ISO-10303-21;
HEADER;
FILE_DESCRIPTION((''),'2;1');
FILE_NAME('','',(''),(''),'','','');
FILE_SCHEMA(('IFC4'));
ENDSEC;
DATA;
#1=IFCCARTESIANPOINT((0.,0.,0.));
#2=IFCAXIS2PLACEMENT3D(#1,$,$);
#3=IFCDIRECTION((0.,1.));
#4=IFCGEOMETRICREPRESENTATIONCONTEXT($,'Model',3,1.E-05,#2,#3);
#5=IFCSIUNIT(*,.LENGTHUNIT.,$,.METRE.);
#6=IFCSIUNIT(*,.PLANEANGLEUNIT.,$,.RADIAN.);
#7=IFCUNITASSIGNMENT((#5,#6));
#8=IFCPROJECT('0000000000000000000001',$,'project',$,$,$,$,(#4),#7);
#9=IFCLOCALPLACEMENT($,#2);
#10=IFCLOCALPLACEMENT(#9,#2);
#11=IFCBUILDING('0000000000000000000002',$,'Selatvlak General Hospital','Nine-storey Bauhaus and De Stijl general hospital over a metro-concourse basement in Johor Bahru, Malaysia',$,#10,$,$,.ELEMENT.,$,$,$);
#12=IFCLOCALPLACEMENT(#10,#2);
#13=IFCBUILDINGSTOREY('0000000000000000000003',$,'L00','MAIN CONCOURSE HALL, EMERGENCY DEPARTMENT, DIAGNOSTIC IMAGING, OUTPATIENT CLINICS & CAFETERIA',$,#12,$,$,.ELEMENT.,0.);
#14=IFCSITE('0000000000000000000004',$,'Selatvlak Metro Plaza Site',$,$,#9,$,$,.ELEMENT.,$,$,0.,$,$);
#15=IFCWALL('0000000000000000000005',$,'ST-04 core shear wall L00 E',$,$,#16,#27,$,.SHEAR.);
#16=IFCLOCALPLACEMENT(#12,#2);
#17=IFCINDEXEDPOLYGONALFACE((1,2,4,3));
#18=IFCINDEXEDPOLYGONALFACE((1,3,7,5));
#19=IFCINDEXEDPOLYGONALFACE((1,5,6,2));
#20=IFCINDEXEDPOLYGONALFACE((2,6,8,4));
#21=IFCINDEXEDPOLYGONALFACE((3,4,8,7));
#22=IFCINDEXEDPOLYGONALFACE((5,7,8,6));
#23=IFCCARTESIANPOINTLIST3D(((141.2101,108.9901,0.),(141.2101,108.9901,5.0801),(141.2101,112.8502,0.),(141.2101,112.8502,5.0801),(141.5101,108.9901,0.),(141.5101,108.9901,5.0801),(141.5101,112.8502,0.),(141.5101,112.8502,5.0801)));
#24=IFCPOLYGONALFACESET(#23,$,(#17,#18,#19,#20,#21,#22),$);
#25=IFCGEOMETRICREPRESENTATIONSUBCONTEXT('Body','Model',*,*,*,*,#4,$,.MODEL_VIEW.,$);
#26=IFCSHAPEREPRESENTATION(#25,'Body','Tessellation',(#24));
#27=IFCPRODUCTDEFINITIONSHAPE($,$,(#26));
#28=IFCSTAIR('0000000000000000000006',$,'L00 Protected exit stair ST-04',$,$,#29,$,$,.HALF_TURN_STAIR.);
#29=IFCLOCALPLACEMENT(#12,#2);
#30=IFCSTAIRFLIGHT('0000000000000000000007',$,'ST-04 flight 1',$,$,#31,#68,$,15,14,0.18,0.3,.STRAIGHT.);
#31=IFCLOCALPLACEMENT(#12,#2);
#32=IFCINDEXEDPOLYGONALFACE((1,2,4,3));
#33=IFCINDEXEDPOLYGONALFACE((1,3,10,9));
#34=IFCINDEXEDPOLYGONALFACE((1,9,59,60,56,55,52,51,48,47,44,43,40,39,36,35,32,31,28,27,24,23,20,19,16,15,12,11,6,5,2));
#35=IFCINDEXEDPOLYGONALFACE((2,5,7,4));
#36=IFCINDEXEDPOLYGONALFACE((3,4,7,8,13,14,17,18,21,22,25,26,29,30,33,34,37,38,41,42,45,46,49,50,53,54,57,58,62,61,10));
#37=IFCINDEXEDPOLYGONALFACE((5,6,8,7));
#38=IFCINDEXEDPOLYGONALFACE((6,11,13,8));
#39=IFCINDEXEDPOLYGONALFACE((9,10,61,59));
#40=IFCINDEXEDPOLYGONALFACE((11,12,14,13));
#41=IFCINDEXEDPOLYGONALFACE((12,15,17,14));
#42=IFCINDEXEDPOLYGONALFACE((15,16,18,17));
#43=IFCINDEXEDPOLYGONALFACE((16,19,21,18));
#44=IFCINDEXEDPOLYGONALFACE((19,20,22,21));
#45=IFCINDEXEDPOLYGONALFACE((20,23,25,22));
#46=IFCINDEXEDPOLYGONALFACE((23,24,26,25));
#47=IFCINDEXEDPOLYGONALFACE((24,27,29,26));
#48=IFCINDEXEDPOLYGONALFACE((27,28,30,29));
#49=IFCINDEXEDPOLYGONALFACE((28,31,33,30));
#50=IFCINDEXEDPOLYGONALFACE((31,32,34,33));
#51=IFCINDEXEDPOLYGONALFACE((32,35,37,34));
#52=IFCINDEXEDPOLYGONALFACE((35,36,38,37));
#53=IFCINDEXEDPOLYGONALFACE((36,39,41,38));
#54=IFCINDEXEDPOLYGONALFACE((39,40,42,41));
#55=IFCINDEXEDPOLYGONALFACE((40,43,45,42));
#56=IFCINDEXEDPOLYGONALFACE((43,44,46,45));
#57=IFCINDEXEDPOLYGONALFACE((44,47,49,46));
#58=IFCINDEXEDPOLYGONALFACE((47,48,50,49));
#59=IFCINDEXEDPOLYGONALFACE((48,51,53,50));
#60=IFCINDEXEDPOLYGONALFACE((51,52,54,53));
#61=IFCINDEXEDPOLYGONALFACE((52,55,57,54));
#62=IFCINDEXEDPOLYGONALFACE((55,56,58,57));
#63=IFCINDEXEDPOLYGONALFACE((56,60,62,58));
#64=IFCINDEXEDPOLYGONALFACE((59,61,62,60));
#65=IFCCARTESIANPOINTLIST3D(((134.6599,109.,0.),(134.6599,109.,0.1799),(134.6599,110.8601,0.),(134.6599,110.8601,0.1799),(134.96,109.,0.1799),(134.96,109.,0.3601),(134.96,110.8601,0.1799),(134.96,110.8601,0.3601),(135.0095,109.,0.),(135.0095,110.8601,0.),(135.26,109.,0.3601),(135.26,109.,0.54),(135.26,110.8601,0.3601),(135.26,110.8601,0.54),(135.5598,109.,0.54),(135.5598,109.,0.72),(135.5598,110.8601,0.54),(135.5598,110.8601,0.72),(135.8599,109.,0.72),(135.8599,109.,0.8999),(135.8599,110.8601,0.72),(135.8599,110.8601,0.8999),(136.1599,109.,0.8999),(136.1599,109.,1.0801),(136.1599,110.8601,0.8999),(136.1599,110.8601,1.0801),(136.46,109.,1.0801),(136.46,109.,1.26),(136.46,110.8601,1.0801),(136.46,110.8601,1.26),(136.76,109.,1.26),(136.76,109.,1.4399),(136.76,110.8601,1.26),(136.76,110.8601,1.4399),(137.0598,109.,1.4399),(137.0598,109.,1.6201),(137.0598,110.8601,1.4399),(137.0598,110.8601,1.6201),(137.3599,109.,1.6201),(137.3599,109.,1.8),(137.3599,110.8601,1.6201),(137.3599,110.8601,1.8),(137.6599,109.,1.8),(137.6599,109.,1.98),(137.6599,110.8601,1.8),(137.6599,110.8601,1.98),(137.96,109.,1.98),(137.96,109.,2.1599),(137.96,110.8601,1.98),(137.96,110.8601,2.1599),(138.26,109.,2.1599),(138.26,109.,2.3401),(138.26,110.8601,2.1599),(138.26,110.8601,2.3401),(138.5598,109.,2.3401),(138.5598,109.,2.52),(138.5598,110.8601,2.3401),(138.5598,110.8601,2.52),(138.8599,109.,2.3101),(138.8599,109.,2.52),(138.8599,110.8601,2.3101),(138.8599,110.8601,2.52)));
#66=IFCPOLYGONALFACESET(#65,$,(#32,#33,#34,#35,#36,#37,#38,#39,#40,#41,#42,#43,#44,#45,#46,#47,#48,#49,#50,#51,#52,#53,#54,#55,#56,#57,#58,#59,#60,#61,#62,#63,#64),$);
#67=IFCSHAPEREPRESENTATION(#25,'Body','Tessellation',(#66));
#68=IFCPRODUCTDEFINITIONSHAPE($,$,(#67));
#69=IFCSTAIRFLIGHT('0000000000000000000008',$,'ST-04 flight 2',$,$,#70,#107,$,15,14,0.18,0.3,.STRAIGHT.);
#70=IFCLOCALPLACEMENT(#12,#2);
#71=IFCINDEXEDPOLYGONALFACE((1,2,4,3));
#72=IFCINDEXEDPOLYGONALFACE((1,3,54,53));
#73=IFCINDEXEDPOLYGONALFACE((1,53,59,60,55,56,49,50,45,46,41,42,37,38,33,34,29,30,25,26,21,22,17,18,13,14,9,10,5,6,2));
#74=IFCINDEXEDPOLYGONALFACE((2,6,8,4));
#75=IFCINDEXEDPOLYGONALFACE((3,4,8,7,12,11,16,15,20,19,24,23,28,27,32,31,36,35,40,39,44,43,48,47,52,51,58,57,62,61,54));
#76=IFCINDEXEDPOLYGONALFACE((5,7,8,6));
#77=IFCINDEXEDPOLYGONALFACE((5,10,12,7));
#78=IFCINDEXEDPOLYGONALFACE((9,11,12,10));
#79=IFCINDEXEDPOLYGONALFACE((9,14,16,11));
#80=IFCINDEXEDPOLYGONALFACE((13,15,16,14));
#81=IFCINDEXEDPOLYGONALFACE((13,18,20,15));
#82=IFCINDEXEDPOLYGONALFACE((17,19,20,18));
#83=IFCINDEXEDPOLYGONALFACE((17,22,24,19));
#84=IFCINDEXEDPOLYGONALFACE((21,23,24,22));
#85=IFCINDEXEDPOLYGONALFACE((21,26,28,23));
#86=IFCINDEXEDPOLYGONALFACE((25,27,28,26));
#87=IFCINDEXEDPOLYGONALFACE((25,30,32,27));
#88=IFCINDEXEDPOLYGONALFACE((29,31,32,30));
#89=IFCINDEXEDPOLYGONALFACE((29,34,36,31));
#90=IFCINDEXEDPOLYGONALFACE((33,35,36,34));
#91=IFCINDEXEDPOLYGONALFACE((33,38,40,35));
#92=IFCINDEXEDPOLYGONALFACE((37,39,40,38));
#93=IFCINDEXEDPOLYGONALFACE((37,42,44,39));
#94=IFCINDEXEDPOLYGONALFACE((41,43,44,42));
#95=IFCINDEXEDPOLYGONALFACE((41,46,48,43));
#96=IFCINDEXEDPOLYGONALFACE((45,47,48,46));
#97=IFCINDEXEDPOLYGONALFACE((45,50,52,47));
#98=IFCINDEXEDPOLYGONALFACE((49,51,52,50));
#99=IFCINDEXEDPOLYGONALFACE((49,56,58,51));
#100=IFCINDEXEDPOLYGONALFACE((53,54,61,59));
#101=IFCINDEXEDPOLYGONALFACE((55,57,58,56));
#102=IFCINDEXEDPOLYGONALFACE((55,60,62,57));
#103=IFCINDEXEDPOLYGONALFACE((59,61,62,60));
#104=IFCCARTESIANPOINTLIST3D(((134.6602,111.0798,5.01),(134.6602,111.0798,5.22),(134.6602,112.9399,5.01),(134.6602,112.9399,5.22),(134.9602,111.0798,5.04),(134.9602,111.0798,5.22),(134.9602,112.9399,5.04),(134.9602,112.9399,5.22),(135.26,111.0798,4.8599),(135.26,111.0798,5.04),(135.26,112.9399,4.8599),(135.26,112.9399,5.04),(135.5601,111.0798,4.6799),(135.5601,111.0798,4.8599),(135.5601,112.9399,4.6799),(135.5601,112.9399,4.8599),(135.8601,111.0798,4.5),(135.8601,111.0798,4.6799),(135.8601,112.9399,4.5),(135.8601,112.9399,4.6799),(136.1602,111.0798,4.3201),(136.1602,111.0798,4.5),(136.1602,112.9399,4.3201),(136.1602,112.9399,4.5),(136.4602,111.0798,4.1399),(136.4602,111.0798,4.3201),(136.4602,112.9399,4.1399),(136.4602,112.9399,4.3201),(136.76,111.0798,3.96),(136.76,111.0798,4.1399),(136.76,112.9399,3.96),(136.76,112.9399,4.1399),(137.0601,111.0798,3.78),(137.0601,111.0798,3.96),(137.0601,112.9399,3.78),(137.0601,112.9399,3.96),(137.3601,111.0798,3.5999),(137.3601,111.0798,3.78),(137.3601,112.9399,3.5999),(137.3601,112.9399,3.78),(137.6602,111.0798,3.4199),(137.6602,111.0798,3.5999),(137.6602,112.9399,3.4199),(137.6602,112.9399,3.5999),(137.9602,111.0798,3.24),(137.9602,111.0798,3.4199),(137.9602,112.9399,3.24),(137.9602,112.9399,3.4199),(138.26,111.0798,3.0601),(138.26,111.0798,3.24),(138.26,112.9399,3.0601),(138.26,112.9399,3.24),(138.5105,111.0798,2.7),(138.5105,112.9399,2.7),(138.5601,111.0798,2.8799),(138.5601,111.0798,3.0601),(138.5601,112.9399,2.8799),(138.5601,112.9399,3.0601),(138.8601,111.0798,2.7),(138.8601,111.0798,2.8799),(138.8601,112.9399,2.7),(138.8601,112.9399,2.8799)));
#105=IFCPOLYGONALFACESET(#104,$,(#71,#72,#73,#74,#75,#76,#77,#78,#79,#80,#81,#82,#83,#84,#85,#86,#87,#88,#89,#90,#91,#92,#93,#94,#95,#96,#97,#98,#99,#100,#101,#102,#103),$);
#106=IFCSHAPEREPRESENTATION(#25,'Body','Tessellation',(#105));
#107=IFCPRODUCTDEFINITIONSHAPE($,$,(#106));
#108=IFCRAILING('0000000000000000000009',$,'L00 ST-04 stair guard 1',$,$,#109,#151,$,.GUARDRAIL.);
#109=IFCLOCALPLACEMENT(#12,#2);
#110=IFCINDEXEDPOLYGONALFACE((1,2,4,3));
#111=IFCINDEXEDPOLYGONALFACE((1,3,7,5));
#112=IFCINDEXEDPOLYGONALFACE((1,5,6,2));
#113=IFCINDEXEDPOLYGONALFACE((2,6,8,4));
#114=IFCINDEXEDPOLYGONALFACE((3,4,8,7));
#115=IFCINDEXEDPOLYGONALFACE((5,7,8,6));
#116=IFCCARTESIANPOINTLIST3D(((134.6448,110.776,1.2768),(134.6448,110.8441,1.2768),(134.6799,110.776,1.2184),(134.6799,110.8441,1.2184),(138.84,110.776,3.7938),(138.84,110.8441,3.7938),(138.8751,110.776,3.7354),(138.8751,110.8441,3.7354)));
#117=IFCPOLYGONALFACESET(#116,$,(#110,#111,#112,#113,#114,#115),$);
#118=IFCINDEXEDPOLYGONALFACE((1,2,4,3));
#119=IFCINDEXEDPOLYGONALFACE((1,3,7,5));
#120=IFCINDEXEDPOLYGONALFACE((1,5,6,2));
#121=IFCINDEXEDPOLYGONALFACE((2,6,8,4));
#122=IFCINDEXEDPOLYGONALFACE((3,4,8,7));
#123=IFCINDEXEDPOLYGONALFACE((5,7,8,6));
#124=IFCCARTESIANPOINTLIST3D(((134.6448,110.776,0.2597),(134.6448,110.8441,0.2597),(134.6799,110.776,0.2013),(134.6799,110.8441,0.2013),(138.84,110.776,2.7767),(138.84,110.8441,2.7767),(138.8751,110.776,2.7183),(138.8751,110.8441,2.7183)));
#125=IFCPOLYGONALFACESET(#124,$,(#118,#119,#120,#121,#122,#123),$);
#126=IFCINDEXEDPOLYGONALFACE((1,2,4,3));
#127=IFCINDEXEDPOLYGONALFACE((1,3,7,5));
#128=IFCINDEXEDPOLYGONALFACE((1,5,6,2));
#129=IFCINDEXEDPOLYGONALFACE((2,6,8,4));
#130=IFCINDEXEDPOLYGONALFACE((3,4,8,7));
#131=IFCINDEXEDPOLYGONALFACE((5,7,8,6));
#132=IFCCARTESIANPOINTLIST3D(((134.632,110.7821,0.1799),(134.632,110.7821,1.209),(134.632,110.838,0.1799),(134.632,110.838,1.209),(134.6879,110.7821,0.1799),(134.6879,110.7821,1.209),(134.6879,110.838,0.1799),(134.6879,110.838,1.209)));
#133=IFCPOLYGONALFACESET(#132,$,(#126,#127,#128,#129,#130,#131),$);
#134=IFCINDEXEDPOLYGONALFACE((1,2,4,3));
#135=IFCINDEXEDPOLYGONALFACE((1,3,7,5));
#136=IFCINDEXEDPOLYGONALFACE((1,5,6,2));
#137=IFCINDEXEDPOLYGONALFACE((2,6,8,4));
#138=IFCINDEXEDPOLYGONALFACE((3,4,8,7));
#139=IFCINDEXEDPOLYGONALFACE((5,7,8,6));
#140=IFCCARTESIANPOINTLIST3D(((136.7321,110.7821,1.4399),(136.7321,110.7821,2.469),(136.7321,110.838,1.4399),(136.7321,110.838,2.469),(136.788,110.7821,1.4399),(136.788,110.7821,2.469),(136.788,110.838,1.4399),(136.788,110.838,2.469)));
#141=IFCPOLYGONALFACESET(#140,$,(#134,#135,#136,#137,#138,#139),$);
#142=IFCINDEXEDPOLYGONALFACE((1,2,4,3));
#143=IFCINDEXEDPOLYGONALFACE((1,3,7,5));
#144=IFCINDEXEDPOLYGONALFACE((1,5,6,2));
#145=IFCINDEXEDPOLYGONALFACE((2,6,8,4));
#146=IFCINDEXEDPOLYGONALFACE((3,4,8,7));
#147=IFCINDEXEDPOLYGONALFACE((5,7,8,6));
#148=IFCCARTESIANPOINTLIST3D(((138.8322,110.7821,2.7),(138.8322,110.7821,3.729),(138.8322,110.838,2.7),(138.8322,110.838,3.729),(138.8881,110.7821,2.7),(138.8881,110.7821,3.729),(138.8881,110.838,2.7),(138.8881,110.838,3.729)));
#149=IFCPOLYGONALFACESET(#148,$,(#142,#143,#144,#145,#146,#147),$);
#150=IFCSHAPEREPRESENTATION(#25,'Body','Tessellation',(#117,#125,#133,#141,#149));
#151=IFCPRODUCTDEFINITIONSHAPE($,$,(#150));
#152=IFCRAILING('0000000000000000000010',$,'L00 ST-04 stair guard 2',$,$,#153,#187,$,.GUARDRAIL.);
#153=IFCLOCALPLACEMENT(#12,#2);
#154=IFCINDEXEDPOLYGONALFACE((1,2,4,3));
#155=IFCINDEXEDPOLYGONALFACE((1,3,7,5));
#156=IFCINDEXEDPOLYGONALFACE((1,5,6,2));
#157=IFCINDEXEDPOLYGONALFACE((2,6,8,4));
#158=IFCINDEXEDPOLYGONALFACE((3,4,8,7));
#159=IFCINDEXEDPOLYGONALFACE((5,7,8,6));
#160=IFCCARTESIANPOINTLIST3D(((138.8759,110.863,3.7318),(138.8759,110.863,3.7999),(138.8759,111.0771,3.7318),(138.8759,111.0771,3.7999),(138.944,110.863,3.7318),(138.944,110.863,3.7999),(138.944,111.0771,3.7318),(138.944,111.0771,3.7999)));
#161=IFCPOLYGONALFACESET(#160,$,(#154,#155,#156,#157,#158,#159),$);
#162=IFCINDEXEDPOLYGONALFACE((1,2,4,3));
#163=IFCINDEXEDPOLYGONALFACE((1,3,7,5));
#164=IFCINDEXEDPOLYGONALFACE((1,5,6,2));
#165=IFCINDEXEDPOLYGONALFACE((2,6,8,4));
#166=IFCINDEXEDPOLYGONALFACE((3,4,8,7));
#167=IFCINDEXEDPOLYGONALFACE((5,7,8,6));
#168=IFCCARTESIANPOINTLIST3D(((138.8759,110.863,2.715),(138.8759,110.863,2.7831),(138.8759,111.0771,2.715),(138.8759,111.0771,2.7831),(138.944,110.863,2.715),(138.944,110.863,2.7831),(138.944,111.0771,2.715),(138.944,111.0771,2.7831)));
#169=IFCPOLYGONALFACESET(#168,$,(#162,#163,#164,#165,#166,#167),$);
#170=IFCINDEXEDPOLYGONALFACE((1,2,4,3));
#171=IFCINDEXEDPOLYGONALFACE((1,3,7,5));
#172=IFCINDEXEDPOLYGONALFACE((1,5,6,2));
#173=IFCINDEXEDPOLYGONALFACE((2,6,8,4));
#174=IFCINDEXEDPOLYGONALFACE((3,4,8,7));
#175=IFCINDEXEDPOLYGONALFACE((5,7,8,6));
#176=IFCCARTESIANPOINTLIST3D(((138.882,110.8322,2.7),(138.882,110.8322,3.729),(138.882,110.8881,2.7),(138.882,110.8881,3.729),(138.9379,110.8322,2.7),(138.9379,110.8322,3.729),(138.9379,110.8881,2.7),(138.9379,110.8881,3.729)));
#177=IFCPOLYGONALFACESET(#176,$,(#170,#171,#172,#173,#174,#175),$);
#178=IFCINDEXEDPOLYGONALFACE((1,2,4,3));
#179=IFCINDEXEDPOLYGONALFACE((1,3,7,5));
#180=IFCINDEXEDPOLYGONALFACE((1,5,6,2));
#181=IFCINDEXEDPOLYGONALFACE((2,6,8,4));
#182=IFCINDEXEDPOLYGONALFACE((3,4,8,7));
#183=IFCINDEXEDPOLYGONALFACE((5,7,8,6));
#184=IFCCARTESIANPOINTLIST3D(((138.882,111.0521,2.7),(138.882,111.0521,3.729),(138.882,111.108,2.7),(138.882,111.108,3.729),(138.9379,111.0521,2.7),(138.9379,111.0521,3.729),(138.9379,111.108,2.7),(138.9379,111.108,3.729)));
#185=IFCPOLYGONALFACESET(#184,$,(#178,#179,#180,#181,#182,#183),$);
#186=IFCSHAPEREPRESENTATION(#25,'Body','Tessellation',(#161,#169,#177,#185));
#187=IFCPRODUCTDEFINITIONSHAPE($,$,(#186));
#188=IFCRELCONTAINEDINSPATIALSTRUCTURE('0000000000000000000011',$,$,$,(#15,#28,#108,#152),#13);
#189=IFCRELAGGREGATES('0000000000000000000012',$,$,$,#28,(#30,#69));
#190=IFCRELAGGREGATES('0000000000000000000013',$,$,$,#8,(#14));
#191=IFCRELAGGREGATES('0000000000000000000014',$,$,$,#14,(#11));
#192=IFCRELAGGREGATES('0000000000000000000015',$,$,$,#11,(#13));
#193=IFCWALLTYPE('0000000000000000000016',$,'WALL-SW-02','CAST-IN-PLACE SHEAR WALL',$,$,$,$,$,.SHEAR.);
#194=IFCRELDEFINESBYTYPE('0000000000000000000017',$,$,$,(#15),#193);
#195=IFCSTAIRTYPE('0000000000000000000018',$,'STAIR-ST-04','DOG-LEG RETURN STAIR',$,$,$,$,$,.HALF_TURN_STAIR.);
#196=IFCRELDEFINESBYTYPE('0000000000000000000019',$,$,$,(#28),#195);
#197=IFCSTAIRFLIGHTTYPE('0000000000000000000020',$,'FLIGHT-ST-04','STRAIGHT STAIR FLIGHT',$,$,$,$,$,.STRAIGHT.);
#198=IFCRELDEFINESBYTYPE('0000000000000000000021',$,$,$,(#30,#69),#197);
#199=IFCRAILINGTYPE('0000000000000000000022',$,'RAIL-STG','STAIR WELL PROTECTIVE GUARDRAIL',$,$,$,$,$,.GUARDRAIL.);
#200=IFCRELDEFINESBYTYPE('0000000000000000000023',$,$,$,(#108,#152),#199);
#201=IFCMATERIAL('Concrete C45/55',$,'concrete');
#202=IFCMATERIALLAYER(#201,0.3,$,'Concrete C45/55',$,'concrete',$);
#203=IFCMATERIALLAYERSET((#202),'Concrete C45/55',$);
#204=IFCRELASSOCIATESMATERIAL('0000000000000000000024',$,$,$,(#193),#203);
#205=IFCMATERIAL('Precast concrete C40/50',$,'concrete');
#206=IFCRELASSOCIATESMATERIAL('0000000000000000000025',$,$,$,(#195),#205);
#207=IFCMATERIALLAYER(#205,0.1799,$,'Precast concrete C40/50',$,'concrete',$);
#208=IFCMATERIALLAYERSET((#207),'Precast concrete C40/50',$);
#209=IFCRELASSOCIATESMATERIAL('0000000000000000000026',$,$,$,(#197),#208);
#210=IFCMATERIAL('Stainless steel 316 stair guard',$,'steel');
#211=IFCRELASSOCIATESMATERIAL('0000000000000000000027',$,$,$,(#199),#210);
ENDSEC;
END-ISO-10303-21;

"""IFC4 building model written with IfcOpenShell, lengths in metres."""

from ifc_helpers import new_model, si_unit, direction, frame, frame_2d, origin, origin_2d, place, context, subcontext, project, spatial, polyline, rectangle, outline, extrude, material, layer, layer_set, type_object, element, aggregate, save


model = new_model("IFC4")

# Units and contexts
model_context = context("Model", 3, precision=1e-05, world=origin(), true_north=direction((0.0, 1.0)))
body_context = subcontext(model_context, "Body", "Model", "MODEL_VIEW")
ifc_project = project(units=[si_unit("LENGTHUNIT", "METRE"), si_unit("PLANEANGLEUNIT", "RADIAN")], contexts=[model_context])

# Site, building, storey
site_placement = place(None, origin())
site = spatial("IfcSite", under=ifc_project, at=site_placement, Name="Selatvlak Metro Plaza Site", CompositionType="ELEMENT", RefElevation=0.0)
building_placement = place(site_placement, origin())
building = spatial("IfcBuilding", under=site, at=building_placement, Name="Selatvlak General Hospital", Description="Nine-storey Bauhaus and De Stijl general hospital over a metro-concourse basement in Johor Bahru, Malaysia", CompositionType="ELEMENT")
storey_placement = place(building_placement, origin())
storey = spatial("IfcBuildingStorey", under=building, at=storey_placement, Name="L00", Description="MAIN CONCOURSE HALL, EMERGENCY DEPARTMENT, DIAGNOSTIC IMAGING, OUTPATIENT CLINICS & CAFETERIA", CompositionType="ELEMENT", Elevation=0.0)

# Wall
ifc_material_1 = material(Name="Concrete C45/55", Category="concrete")
ifc_layer_1 = layer(ifc_material_1, 0.3, Name="Concrete C45/55", Category="concrete")
ifc_layer_set_1 = layer_set([ifc_layer_1], Name="Concrete C45/55")
wall_type_1 = type_object("IfcWallType", Name="WALL-SW-02", Description="CAST-IN-PLACE SHEAR WALL", PredefinedType="SHEAR", material=ifc_layer_set_1)
wall_1_placement = place(storey_placement, frame((141.3601, 108.99, 0.0), z_axis=(0.0, 0.0, 1.0), x_axis=(0.0, 1.0, 0.0)))
element("IfcWall", 1, at=wall_1_placement, inside=storey, type_object=wall_type_1, Name="ST-04 core shear wall L00 E", PredefinedType="SHEAR", context=body_context, shape_type="SweptSolid", body=[
    extrude(rectangle(XDim=3.8601, YDim=0.3, at=frame_2d((1.9302, 0.0))), origin(), (0.0, 0.0, 1.0), 5.0801),
])

# Stair, stair flights
ifc_material_2 = material(Name="Precast concrete C40/50", Category="concrete")
stair_type = type_object("IfcStairType", Name="STAIR-ST-04", Description="DOG-LEG RETURN STAIR", PredefinedType="HALF_TURN_STAIR", material=ifc_material_2)
stair_placement = place(storey_placement, origin())
stair = element("IfcStair", 2, at=stair_placement, inside=storey, type_object=stair_type, Name="L00 Protected exit stair ST-04", PredefinedType="HALF_TURN_STAIR")
ifc_layer_2 = layer(ifc_material_2, 0.1799, Name="Precast concrete C40/50", Category="concrete")
ifc_layer_set_2 = layer_set([ifc_layer_2], Name="Precast concrete C40/50")
stair_flight_type = type_object("IfcStairFlightType", Name="FLIGHT-ST-04", Description="STRAIGHT STAIR FLIGHT", PredefinedType="STRAIGHT", material=ifc_layer_set_2)
stair_flight_1_placement = place(storey_placement, frame((134.6599, 109.9299, 0.0), z_axis=(0.0, 0.0, 1.0), x_axis=(1.0, 0.0, 0.0)))
stair_flight_1 = element("IfcStairFlight", 3, at=stair_flight_1_placement, type_object=stair_flight_type, Name="ST-04 flight 1", NumberOfRisers=15, NumberOfTreads=14, PredefinedType="STRAIGHT", RiserHeight=0.18, TreadLength=0.3, context=body_context, shape_type="SweptSolid", body=[
    extrude(outline(polyline([(0.0, 0.0), (0.0, 0.1799), (0.3, 0.1799), (0.3, 0.3601), (0.6001, 0.3601), (0.6001, 0.54), (0.8999, 0.54), (0.8999, 0.72), (1.2, 0.72), (1.2, 0.8999), (1.5, 0.8999), (1.5, 1.0801), (1.8, 1.0801), (1.8, 1.26), (2.1001, 1.26), (2.1001, 1.4399), (2.3999, 1.4399), (2.3999, 1.6201), (2.7, 1.6201), (2.7, 1.8), (3.0, 1.8), (3.0, 1.98), (3.3, 1.98), (3.3, 2.1599), (3.6001, 2.1599), (3.6001, 2.3401), (3.8999, 2.3401), (3.8999, 2.52), (4.2, 2.52), (4.2, 2.7), (4.2, 2.3101), (0.3496, 0.0), (0.0, 0.0)])), frame((0.0, 0.9302, 0.0), z_axis=(0.0, -1.0, 0.0), x_axis=(1.0, 0.0, 0.0)), (0.0, 0.0, 1.0), 1.8601),
])
stair_flight_2_placement = place(storey_placement, frame((138.8601, 112.01, 2.7), z_axis=(0.0, 0.0, 1.0), x_axis=(-1.0, 0.0, 0.0)))
stair_flight_2 = element("IfcStairFlight", 4, at=stair_flight_2_placement, type_object=stair_flight_type, Name="ST-04 flight 2", NumberOfRisers=15, NumberOfTreads=14, PredefinedType="STRAIGHT", RiserHeight=0.18, TreadLength=0.3, context=body_context, shape_type="SweptSolid", body=[
    extrude(outline(polyline([(0.0, 0.0), (0.0, 0.1799), (0.3, 0.1799), (0.3, 0.3601), (0.6001, 0.3601), (0.6001, 0.54), (0.8999, 0.54), (0.8999, 0.72), (1.2, 0.72), (1.2, 0.8999), (1.5, 0.8999), (1.5, 1.0801), (1.8, 1.0801), (1.8, 1.26), (2.1001, 1.26), (2.1001, 1.4399), (2.3999, 1.4399), (2.3999, 1.6201), (2.7, 1.6201), (2.7, 1.8), (3.0, 1.8), (3.0, 1.98), (3.3, 1.98), (3.3, 2.1599), (3.6001, 2.1599), (3.6001, 2.3401), (3.8999, 2.3401), (3.8999, 2.52), (4.2, 2.52), (4.2, 2.7), (4.2, 2.3101), (0.3496, 0.0), (0.0, 0.0)])), frame((0.0, 0.9302, 0.0), z_axis=(0.0, -1.0, 0.0), x_axis=(1.0, 0.0, 0.0)), (0.0, 0.0, 1.0), 1.8601),
])
aggregate(stair, [stair_flight_1, stair_flight_2])

# Railings
ifc_material_3 = material(Name="Stainless steel 316 stair guard", Category="steel")
railing_type_1 = type_object("IfcRailingType", Name="RAIL-STG", Description="STAIR WELL PROTECTIVE GUARDRAIL", PredefinedType="GUARDRAIL", material=ifc_material_3)
railing_1_placement = place(storey_placement, frame((134.6599, 110.8101, 0.1799)))
element("IfcRailing", 5, at=railing_1_placement, inside=storey, type_object=railing_type_1, Name="L00 ST-04 stair guard 1", PredefinedType="GUARDRAIL", context=body_context, shape_type="SweptSolid", body=[
    extrude(rectangle(XDim=0.0681, YDim=0.0681, at=origin_2d()), frame((0.0024, 0.0, 1.0676), z_axis=(0.857502, 0.0, 0.514481), x_axis=(0.0, 1.0, 0.0)), (0.0, 0.0, 1.0), 4.8923),
    extrude(rectangle(XDim=0.0681, YDim=0.0681, at=origin_2d()), frame((0.0024, 0.0, 0.0505), z_axis=(0.857502, 0.0, 0.514481), x_axis=(0.0, 1.0, 0.0)), (0.0, 0.0, 1.0), 4.8923),
    extrude(rectangle(XDim=0.0559, YDim=0.0559, at=origin_2d()), origin(), (0.0, 0.0, 1.0), 1.0291),
    extrude(rectangle(XDim=0.0559, YDim=0.0559, at=origin_2d()), frame((2.1001, 0.0, 1.26)), (0.0, 0.0, 1.0), 1.0291),
    extrude(rectangle(XDim=0.0559, YDim=0.0559, at=origin_2d()), frame((4.2002, 0.0, 2.52)), (0.0, 0.0, 1.0), 1.0291),
])
railing_2_placement = place(storey_placement, frame((138.9099, 110.8601, 2.7)))
element("IfcRailing", 6, at=railing_2_placement, inside=storey, type_object=railing_type_1, Name="L00 ST-04 stair guard 2", PredefinedType="GUARDRAIL", context=body_context, shape_type="SweptSolid", body=[
    extrude(rectangle(XDim=0.0681, YDim=0.0681, at=origin_2d()), frame((0.0, 0.0029, 1.0659), z_axis=(0.0, 1.0, 0.0), x_axis=(-1.0, 0.0, 0.0)), (0.0, 0.0, 1.0), 0.2141),
    extrude(rectangle(XDim=0.0681, YDim=0.0681, at=origin_2d()), frame((0.0, 0.0029, 0.0491), z_axis=(0.0, 1.0, 0.0), x_axis=(-1.0, 0.0, 0.0)), (0.0, 0.0, 1.0), 0.2141),
    extrude(rectangle(XDim=0.0559, YDim=0.0559, at=origin_2d()), origin(), (0.0, 0.0, 1.0), 1.0291),
    extrude(rectangle(XDim=0.0559, YDim=0.0559, at=origin_2d()), frame((0.0, 0.22, 0.0)), (0.0, 0.0, 1.0), 1.0291),
])

save(model, "model.ifc")
